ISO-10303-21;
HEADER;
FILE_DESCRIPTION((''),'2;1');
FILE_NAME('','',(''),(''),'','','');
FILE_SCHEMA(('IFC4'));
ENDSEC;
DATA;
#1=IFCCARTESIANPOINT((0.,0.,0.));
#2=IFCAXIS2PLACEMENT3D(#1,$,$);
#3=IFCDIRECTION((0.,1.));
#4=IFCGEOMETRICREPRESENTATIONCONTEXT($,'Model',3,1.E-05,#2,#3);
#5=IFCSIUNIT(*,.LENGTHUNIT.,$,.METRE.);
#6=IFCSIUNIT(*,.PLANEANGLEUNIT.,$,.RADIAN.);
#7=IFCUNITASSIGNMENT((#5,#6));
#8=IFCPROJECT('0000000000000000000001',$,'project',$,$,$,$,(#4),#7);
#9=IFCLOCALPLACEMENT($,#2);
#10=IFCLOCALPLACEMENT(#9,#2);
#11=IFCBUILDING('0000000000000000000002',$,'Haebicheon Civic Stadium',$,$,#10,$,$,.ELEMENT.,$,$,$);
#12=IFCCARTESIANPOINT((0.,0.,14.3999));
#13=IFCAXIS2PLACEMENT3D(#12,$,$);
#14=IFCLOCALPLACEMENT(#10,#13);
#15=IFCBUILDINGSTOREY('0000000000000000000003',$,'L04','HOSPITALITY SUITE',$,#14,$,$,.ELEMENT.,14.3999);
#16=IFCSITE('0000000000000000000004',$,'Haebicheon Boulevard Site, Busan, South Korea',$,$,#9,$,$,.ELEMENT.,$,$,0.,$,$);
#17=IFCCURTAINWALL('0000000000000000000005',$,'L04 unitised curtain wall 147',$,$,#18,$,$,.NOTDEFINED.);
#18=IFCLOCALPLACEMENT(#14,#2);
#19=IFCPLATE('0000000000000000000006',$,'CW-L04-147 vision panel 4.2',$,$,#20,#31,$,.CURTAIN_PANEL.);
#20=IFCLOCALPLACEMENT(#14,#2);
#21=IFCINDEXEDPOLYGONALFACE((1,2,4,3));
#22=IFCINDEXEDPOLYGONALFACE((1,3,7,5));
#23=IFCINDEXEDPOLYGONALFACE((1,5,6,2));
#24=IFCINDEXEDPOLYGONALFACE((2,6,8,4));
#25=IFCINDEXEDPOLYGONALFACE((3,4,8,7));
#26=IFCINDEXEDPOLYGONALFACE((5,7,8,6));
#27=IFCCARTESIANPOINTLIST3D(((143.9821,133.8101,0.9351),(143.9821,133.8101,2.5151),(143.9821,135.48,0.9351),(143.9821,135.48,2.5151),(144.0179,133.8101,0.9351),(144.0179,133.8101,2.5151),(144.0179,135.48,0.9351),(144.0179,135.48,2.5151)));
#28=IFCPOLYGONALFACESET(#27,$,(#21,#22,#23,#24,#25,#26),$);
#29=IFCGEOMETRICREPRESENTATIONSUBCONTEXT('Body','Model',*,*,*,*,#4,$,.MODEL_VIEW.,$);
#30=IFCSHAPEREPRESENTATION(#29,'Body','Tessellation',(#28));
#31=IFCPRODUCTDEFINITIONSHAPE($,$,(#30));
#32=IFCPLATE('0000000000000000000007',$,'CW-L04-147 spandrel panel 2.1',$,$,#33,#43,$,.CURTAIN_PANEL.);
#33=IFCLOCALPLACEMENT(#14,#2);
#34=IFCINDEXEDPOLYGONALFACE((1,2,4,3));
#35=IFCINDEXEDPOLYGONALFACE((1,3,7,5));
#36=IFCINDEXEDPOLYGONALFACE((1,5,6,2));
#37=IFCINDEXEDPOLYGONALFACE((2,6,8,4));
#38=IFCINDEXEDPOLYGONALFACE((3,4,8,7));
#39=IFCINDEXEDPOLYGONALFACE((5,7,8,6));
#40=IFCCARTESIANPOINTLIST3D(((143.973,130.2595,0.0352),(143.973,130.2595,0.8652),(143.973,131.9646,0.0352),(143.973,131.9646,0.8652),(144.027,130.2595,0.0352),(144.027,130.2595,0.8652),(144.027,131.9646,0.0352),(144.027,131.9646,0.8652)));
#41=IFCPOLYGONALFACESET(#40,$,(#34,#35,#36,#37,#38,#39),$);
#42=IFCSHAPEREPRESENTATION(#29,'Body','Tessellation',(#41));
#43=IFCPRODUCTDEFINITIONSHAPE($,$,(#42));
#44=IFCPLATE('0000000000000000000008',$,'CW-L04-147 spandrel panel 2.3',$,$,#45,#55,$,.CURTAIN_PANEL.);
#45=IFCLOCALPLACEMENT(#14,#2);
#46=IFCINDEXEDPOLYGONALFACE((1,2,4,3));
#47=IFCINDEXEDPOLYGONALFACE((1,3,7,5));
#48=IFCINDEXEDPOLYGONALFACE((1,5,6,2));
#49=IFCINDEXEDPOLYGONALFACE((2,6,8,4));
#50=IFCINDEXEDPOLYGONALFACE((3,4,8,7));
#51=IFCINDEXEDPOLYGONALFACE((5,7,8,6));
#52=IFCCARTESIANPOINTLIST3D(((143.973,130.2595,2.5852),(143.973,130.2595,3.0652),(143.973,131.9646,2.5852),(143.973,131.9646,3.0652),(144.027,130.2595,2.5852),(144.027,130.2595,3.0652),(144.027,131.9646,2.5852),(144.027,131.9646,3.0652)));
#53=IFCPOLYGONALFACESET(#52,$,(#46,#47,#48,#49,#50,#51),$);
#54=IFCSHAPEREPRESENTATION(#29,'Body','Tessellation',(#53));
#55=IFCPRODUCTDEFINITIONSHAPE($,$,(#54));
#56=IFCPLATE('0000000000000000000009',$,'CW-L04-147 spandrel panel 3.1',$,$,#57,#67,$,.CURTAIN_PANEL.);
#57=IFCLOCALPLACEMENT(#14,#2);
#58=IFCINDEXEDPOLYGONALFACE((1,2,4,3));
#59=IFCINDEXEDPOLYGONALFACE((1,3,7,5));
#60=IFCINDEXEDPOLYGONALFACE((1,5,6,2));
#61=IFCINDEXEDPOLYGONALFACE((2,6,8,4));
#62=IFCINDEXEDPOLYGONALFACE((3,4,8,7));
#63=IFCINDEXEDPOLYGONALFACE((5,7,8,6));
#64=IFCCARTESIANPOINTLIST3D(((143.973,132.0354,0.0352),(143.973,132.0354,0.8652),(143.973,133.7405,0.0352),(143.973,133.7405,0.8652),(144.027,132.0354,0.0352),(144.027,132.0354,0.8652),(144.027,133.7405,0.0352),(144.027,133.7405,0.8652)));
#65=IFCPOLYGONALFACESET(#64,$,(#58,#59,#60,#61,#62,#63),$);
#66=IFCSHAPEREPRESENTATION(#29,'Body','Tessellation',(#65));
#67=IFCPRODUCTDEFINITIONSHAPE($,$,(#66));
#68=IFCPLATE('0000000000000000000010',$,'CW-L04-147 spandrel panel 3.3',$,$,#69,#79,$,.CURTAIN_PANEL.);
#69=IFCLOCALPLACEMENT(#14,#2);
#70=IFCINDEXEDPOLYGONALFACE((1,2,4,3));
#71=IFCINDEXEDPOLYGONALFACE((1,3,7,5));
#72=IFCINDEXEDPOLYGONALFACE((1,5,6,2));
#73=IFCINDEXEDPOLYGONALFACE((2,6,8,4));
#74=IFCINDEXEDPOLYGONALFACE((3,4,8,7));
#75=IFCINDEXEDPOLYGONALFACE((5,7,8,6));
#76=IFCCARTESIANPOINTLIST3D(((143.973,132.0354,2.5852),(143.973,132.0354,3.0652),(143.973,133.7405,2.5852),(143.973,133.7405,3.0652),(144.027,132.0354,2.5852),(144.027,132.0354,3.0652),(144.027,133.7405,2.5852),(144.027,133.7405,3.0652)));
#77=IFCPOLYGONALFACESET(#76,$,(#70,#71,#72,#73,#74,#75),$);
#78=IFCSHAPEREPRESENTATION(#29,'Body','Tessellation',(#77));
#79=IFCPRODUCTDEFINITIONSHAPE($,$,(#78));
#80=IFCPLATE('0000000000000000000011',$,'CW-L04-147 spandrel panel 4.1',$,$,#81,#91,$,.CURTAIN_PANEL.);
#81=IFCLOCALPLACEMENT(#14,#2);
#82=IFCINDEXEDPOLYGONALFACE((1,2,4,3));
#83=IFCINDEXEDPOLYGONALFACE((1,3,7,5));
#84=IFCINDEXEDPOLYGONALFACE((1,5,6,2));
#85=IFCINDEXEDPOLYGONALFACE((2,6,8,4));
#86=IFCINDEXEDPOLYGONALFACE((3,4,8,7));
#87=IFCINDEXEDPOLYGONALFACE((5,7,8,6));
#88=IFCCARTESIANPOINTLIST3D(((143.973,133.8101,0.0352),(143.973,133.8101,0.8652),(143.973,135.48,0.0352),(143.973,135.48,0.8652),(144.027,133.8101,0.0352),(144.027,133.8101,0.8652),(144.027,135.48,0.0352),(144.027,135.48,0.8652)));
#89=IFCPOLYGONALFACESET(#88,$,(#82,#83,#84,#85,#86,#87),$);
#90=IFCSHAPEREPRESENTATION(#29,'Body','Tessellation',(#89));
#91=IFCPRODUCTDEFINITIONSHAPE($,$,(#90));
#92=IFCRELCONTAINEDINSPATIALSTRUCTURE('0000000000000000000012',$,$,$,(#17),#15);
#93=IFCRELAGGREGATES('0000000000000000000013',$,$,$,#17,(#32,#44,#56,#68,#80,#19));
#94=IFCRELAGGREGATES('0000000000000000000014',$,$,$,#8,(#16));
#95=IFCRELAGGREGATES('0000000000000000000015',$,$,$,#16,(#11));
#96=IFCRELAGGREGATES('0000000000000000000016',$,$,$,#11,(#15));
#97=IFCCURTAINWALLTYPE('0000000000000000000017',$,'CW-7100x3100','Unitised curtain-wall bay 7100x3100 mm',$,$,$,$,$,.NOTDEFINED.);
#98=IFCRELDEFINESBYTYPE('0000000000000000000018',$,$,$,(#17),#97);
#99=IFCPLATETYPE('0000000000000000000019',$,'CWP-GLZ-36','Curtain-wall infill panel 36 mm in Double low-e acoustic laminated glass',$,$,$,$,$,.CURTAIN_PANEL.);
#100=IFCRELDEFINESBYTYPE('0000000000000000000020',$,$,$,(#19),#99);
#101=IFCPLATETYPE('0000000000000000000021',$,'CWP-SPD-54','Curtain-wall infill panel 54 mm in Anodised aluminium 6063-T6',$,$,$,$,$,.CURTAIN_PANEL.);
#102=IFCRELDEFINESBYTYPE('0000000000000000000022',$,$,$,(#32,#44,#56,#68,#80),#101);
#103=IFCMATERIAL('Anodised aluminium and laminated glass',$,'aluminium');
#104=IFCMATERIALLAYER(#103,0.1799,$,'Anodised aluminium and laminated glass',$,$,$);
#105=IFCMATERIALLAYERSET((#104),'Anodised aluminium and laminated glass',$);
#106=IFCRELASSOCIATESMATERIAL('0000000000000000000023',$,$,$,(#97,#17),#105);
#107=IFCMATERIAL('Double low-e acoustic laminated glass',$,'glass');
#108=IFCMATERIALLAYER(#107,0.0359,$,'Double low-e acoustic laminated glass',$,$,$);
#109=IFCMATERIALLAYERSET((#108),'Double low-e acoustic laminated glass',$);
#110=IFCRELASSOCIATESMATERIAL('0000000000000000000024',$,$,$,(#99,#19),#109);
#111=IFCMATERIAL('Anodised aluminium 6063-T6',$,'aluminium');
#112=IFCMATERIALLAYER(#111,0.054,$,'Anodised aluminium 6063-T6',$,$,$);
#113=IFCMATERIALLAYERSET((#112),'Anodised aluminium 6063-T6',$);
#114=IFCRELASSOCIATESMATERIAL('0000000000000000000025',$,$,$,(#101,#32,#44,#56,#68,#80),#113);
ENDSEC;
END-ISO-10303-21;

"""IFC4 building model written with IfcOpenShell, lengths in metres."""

from ifc_helpers import new_model, si_unit, direction, frame, origin, origin_2d, place, context, subcontext, project, spatial, rectangle, extrude, material, layer, layer_set, type_object, element, aggregate, save


model = new_model("IFC4")

# Units and contexts
model_context = context("Model", 3, precision=1e-05, world=origin(), true_north=direction((0.0, 1.0)))
body_context = subcontext(model_context, "Body", "Model", "MODEL_VIEW")
ifc_project = project(units=[si_unit("LENGTHUNIT", "METRE"), si_unit("PLANEANGLEUNIT", "RADIAN")], contexts=[model_context])

# Site, building, storey
site_placement = place(None, origin())
site = spatial("IfcSite", under=ifc_project, at=site_placement, Name="Haebicheon Boulevard Site, Busan, South Korea", CompositionType="ELEMENT", RefElevation=0.0)
building_placement = place(site_placement, origin())
building = spatial("IfcBuilding", under=site, at=building_placement, Name="Haebicheon Civic Stadium", CompositionType="ELEMENT")
storey_placement = place(building_placement, frame((0.0, 0.0, 14.3999)))
storey = spatial("IfcBuildingStorey", under=building, at=storey_placement, Name="L04", Description="HOSPITALITY SUITE", CompositionType="ELEMENT", Elevation=14.3999)

# Curtain wall, plates
ifc_material_1 = material(Name="Anodised aluminium and laminated glass", Category="aluminium")
ifc_layer_1 = layer(ifc_material_1, 0.1799, Name="Anodised aluminium and laminated glass")
ifc_layer_set_1 = layer_set([ifc_layer_1], Name="Anodised aluminium and laminated glass")
curtain_wall_type = type_object("IfcCurtainWallType", Name="CW-7100x3100", Description="Unitised curtain-wall bay 7100x3100 mm", PredefinedType="NOTDEFINED", material=ifc_layer_set_1)
curtain_wall_placement = place(storey_placement, origin())
curtain_wall = element("IfcCurtainWall", 1, at=curtain_wall_placement, inside=storey, type_object=curtain_wall_type, material=ifc_layer_set_1, Name="L04 unitised curtain wall 147", PredefinedType="NOTDEFINED")
ifc_material_2 = material(Name="Double low-e acoustic laminated glass", Category="glass")
ifc_layer_2 = layer(ifc_material_2, 0.0359, Name="Double low-e acoustic laminated glass")
ifc_layer_set_2 = layer_set([ifc_layer_2], Name="Double low-e acoustic laminated glass")
plate_type_1 = type_object("IfcPlateType", Name="CWP-GLZ-36", Description="Curtain-wall infill panel 36 mm in Double low-e acoustic laminated glass", PredefinedType="CURTAIN_PANEL", material=ifc_layer_set_2)
plate_1_placement = place(storey_placement, frame((144.0, 134.645, 0.9351), z_axis=(0.0, 0.0, 1.0), x_axis=(0.0, 1.0, 0.0)))
plate_1 = element("IfcPlate", 2, at=plate_1_placement, type_object=plate_type_1, material=ifc_layer_set_2, Name="CW-L04-147 vision panel 4.2", PredefinedType="CURTAIN_PANEL", context=body_context, shape_type="SweptSolid", body=[
    extrude(rectangle(XDim=1.6699, YDim=0.0359, at=origin_2d()), origin(), (0.0, 0.0, 1.0), 1.5801),
])
ifc_material_3 = material(Name="Anodised aluminium 6063-T6", Category="aluminium")
ifc_layer_3 = layer(ifc_material_3, 0.054, Name="Anodised aluminium 6063-T6")
ifc_layer_set_3 = layer_set([ifc_layer_3], Name="Anodised aluminium 6063-T6")
plate_type_2 = type_object("IfcPlateType", Name="CWP-SPD-54", Description="Curtain-wall infill panel 54 mm in Anodised aluminium 6063-T6", PredefinedType="CURTAIN_PANEL", material=ifc_layer_set_3)
plate_2_placement = place(storey_placement, frame((144.0, 131.1121, 0.0352), z_axis=(0.0, 0.0, 1.0), x_axis=(0.0, 1.0, 0.0)))
plate_2 = element("IfcPlate", 3, at=plate_2_placement, type_object=plate_type_2, material=ifc_layer_set_3, Name="CW-L04-147 spandrel panel 2.1", PredefinedType="CURTAIN_PANEL", context=body_context, shape_type="SweptSolid", body=[
    extrude(rectangle(XDim=1.7051, YDim=0.054, at=origin_2d()), origin(), (0.0, 0.0, 1.0), 0.8301),
])
plate_3_placement = place(storey_placement, frame((144.0, 131.1121, 2.5852), z_axis=(0.0, 0.0, 1.0), x_axis=(0.0, 1.0, 0.0)))
plate_3 = element("IfcPlate", 4, at=plate_3_placement, type_object=plate_type_2, material=ifc_layer_set_3, Name="CW-L04-147 spandrel panel 2.3", PredefinedType="CURTAIN_PANEL", context=body_context, shape_type="SweptSolid", body=[
    extrude(rectangle(XDim=1.7051, YDim=0.054, at=origin_2d()), origin(), (0.0, 0.0, 1.0), 0.48),
])
plate_4_placement = place(storey_placement, frame((144.0, 132.8879, 0.0352), z_axis=(0.0, 0.0, 1.0), x_axis=(0.0, 1.0, 0.0)))
plate_4 = element("IfcPlate", 5, at=plate_4_placement, type_object=plate_type_2, material=ifc_layer_set_3, Name="CW-L04-147 spandrel panel 3.1", PredefinedType="CURTAIN_PANEL", context=body_context, shape_type="SweptSolid", body=[
    extrude(rectangle(XDim=1.7051, YDim=0.054, at=origin_2d()), origin(), (0.0, 0.0, 1.0), 0.8301),
])
plate_5_placement = place(storey_placement, frame((144.0, 132.8879, 2.5852), z_axis=(0.0, 0.0, 1.0), x_axis=(0.0, 1.0, 0.0)))
plate_5 = element("IfcPlate", 6, at=plate_5_placement, type_object=plate_type_2, material=ifc_layer_set_3, Name="CW-L04-147 spandrel panel 3.3", PredefinedType="CURTAIN_PANEL", context=body_context, shape_type="SweptSolid", body=[
    extrude(rectangle(XDim=1.7051, YDim=0.054, at=origin_2d()), origin(), (0.0, 0.0, 1.0), 0.48),
])
plate_6_placement = place(storey_placement, frame((144.0, 134.645, 0.0352), z_axis=(0.0, 0.0, 1.0), x_axis=(0.0, 1.0, 0.0)))
plate_6 = element("IfcPlate", 7, at=plate_6_placement, type_object=plate_type_2, material=ifc_layer_set_3, Name="CW-L04-147 spandrel panel 4.1", PredefinedType="CURTAIN_PANEL", context=body_context, shape_type="SweptSolid", body=[
    extrude(rectangle(XDim=1.6699, YDim=0.054, at=origin_2d()), origin(), (0.0, 0.0, 1.0), 0.8301),
])
aggregate(curtain_wall, [plate_2, plate_3, plate_4, plate_5, plate_6, plate_1])

save(model, "model.ifc")
